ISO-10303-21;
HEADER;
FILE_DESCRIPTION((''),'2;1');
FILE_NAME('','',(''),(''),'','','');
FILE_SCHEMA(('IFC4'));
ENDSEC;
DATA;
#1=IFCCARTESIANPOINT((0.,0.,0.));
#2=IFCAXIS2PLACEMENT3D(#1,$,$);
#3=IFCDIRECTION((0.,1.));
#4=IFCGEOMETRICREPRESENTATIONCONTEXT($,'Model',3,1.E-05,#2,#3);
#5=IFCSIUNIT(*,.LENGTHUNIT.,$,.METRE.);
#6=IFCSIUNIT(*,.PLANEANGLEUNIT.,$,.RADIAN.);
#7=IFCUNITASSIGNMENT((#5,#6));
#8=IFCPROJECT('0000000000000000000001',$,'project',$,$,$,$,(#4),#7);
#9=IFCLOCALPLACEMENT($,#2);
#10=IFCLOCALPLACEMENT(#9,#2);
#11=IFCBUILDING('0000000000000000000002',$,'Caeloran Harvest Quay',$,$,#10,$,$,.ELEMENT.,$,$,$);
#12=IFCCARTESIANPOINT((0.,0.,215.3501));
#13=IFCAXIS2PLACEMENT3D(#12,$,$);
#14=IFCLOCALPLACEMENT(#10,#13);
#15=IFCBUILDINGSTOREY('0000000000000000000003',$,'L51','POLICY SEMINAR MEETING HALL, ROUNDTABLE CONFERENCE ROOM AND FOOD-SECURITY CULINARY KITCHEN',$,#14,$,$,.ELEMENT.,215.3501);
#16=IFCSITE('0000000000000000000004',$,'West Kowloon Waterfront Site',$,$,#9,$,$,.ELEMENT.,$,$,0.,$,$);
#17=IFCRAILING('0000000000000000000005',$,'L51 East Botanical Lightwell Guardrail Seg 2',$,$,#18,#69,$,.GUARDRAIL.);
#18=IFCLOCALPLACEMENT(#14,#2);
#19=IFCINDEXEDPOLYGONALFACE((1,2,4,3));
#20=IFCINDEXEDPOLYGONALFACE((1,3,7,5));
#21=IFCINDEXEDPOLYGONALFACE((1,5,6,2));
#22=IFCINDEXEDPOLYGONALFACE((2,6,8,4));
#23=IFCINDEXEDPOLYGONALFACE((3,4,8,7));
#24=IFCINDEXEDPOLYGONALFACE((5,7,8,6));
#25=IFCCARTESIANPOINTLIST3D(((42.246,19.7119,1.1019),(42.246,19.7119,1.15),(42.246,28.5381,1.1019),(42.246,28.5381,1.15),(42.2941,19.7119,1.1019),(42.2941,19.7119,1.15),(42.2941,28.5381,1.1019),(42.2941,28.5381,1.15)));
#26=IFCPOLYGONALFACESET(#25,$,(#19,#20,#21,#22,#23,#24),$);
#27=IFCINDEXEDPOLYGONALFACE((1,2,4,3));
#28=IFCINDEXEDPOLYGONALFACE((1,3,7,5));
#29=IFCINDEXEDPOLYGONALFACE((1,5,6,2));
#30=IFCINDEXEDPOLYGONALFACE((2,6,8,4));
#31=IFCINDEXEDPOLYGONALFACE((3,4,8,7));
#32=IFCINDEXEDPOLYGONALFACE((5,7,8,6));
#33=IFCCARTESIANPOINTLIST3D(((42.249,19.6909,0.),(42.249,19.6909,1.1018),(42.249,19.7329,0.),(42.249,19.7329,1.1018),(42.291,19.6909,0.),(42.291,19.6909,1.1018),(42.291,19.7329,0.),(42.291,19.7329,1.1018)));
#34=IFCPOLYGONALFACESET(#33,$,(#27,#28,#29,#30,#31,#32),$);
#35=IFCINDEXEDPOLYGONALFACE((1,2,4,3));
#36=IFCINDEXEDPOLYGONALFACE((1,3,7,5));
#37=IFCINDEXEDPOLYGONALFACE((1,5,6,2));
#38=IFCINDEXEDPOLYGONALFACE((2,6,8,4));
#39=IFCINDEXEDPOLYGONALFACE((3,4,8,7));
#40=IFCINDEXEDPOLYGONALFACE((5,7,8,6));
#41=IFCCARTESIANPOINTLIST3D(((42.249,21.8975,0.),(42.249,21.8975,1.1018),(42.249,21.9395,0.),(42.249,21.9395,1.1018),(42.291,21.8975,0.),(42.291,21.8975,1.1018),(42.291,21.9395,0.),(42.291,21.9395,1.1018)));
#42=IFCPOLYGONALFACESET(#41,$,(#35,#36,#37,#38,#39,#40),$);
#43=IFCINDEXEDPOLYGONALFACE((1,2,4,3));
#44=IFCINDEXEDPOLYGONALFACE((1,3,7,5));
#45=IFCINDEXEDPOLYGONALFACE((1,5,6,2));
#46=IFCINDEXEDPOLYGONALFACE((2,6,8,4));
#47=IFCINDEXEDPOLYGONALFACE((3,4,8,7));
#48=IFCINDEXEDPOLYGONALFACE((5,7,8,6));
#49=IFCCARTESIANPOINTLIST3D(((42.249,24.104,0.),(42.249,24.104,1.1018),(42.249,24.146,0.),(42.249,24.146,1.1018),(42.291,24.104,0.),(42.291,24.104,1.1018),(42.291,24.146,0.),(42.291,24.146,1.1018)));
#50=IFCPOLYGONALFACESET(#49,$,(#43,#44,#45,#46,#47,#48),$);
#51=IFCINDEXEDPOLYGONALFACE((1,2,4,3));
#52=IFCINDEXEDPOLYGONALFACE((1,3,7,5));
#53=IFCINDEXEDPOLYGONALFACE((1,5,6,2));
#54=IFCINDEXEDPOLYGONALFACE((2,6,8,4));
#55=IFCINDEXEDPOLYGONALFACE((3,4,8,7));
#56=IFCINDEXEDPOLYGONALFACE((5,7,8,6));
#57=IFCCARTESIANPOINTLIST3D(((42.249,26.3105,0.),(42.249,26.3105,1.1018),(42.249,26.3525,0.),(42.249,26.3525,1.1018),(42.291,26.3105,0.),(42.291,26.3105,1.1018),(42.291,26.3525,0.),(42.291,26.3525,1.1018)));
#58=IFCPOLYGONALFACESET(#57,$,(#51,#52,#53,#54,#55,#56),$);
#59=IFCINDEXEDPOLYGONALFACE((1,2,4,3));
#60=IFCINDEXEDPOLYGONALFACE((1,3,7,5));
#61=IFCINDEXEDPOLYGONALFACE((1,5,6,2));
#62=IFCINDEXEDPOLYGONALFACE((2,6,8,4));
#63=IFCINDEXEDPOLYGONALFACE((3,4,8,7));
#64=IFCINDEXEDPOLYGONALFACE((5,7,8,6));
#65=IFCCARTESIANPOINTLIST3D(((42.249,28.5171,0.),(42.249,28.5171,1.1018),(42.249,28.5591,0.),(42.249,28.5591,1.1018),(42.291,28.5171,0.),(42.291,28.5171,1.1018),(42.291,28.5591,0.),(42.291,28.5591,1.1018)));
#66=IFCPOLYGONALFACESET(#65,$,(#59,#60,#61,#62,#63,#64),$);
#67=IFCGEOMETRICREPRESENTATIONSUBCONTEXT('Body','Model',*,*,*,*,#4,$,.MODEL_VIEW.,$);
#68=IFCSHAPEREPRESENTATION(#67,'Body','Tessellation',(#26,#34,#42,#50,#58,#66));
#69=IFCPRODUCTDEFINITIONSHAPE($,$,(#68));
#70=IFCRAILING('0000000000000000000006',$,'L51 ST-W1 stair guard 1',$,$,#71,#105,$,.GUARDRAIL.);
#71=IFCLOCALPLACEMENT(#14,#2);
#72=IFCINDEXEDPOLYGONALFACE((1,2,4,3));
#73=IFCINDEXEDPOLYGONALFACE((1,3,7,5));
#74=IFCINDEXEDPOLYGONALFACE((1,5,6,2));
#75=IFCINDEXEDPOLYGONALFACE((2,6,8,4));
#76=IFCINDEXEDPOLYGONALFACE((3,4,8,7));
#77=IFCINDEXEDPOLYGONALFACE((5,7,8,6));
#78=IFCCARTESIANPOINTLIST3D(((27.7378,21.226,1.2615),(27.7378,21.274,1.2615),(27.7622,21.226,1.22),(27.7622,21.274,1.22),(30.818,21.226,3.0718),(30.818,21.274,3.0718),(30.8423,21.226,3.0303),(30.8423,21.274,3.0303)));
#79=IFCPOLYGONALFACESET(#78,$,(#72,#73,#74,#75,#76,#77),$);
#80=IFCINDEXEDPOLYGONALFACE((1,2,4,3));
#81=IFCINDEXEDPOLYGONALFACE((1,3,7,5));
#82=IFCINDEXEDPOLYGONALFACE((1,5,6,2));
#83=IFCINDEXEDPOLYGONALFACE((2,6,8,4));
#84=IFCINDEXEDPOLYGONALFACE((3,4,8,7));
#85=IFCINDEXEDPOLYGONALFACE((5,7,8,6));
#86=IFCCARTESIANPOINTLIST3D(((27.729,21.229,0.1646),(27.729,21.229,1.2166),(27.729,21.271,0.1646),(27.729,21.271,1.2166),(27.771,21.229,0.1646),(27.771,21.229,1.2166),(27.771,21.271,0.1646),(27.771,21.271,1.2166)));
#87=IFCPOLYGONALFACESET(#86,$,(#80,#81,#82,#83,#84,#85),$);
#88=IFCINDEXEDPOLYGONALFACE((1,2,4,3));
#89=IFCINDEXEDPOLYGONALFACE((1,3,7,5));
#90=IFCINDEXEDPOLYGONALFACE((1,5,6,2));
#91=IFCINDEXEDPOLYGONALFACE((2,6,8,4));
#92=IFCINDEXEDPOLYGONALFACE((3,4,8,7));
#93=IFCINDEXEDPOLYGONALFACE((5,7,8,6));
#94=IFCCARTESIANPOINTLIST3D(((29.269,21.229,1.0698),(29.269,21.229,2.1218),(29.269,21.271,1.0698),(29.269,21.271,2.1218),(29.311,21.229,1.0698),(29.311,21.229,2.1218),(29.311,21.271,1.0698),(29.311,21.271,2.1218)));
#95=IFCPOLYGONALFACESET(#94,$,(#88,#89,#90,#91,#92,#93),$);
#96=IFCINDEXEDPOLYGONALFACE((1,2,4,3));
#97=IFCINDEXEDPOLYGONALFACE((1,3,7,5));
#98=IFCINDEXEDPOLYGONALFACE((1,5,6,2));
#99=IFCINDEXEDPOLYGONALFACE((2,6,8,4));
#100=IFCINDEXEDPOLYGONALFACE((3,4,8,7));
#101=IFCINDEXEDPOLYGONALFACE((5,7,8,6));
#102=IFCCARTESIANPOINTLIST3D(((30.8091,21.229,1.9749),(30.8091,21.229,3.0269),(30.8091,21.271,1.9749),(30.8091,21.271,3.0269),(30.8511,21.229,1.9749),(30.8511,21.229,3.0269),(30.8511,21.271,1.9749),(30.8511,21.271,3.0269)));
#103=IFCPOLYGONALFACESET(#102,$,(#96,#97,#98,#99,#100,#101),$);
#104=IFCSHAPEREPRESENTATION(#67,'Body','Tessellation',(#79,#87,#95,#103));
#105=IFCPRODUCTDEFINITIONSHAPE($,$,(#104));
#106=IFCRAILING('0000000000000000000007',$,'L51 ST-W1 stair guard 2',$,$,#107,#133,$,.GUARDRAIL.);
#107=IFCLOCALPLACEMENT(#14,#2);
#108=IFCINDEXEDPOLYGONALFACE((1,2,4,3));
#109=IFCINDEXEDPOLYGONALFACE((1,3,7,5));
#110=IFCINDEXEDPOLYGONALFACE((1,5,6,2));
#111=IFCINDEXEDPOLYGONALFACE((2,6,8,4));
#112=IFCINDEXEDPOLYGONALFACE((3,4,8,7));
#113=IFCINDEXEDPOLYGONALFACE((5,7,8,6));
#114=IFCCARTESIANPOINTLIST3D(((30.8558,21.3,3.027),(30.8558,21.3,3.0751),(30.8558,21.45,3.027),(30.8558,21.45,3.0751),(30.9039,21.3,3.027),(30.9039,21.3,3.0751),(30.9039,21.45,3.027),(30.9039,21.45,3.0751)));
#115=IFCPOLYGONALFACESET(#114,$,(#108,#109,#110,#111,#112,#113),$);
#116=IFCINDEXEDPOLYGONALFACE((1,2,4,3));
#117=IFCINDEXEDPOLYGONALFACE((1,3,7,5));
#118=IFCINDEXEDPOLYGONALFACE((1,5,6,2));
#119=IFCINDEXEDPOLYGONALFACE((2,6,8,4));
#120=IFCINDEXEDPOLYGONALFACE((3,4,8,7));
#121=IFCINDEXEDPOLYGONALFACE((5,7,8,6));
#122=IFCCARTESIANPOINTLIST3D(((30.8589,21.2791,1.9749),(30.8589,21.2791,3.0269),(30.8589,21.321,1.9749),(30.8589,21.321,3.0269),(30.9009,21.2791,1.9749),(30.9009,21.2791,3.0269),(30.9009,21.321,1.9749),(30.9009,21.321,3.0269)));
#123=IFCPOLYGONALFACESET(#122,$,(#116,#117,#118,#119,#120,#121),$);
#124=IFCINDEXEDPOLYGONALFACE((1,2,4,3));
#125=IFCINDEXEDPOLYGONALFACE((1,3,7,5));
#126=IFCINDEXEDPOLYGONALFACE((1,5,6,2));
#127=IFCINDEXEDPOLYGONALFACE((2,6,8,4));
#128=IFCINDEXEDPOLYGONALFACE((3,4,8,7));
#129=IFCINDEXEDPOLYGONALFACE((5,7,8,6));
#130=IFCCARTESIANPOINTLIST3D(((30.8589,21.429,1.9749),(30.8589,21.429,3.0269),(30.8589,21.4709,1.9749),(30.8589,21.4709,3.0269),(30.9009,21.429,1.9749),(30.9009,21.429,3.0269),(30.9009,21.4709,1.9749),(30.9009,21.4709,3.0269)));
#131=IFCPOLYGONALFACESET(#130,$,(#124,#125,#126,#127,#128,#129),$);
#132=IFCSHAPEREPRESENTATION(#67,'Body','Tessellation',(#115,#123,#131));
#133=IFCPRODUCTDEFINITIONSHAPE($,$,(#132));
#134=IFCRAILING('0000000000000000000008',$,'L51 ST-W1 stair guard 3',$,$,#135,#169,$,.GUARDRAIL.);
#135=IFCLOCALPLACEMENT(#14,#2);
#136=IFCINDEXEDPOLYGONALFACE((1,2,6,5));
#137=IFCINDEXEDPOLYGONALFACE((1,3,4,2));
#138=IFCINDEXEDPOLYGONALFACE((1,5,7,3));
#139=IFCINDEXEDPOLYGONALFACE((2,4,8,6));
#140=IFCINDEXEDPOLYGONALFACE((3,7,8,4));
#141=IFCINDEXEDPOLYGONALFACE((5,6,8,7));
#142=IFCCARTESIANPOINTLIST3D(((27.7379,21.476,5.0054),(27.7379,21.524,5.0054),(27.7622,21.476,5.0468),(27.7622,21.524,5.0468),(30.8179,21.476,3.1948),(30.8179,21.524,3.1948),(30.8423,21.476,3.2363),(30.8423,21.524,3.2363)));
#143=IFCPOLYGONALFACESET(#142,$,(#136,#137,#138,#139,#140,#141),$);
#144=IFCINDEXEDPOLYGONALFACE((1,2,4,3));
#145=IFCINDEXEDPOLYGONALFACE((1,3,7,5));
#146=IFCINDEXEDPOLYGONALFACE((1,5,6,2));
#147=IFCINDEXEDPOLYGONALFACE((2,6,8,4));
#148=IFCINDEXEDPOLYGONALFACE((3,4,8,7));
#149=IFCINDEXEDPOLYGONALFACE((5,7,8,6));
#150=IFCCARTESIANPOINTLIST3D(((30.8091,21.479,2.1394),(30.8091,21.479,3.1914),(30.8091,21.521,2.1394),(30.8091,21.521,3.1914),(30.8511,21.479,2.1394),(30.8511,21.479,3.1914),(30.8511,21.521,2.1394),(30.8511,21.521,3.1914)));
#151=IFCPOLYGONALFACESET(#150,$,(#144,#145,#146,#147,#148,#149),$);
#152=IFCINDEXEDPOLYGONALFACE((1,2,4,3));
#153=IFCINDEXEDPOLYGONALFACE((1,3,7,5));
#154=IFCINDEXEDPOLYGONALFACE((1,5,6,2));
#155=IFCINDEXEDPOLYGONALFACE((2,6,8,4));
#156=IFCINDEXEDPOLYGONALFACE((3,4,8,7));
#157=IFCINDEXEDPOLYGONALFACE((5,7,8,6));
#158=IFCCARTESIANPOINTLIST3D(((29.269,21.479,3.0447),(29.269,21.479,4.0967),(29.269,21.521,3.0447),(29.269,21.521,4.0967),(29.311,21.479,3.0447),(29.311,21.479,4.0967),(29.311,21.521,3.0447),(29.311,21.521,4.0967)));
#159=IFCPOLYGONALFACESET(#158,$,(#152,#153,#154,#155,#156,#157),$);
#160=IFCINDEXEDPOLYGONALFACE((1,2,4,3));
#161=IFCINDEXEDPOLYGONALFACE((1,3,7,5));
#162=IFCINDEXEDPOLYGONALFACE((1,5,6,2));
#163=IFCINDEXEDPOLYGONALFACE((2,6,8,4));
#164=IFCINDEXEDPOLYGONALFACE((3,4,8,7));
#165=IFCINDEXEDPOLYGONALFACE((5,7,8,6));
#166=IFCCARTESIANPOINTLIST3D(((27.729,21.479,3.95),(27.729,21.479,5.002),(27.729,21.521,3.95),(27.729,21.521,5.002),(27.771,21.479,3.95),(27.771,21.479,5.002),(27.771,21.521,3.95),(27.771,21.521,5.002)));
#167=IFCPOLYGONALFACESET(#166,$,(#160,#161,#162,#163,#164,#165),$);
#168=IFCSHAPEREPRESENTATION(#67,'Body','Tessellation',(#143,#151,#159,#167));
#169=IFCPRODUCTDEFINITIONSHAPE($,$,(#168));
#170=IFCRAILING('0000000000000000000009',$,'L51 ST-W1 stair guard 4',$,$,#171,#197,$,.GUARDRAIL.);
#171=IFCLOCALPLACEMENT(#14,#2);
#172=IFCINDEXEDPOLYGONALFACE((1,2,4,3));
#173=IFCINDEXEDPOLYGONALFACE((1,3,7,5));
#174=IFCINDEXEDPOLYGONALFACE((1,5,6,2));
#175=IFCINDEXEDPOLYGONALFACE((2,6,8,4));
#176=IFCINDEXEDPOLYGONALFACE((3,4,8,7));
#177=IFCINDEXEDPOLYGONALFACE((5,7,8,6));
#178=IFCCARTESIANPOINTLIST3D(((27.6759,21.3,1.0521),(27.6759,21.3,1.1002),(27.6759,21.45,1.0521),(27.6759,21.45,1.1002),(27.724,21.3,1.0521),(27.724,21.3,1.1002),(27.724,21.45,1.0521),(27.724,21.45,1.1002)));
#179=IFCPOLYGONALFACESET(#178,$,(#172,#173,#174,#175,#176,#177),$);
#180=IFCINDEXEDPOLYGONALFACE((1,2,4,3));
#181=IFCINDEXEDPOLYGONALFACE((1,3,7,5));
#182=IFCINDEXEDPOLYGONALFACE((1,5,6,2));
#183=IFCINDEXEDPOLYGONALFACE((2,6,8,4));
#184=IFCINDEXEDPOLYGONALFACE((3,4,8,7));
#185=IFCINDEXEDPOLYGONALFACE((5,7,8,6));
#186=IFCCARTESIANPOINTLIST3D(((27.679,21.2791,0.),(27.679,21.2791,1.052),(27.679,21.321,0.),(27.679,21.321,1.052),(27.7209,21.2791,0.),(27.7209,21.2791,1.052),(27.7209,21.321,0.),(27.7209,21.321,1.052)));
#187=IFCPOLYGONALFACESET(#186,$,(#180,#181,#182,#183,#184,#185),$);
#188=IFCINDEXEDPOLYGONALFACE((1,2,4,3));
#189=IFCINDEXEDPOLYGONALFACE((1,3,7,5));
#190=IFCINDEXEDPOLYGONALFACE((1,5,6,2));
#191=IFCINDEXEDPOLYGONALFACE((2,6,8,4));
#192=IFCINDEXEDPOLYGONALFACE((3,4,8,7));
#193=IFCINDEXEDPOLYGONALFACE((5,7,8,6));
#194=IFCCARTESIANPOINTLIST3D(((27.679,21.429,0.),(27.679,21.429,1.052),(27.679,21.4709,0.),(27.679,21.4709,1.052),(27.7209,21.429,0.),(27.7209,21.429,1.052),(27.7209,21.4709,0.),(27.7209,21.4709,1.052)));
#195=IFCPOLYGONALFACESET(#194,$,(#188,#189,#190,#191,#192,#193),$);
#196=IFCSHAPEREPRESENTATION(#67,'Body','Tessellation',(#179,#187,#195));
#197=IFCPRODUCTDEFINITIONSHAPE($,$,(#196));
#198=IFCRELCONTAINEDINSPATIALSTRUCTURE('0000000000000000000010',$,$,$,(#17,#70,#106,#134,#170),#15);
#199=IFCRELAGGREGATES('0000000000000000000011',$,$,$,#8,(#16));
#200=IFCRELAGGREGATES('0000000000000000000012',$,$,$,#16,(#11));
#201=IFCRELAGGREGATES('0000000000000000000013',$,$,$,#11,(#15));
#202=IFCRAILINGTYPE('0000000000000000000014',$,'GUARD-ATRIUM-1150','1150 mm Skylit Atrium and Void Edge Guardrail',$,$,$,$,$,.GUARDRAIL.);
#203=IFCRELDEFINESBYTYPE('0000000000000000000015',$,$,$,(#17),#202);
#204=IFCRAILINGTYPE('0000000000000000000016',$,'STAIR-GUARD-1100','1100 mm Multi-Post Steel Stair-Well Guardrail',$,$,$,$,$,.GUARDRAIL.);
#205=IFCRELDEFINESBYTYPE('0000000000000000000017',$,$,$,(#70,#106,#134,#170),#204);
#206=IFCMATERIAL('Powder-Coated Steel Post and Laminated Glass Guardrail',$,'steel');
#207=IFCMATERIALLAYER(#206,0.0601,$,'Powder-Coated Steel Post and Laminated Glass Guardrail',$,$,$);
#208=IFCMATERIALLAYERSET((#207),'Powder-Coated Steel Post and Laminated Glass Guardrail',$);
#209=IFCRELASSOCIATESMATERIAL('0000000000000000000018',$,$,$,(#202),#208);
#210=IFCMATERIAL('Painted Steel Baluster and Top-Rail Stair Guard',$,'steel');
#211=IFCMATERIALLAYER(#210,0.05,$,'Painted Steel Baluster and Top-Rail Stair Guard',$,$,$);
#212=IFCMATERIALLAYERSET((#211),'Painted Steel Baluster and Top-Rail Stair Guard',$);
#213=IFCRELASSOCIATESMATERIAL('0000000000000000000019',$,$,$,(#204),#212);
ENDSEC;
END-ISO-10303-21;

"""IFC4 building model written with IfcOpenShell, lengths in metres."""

from ifc_helpers import new_model, si_unit, direction, frame, origin, origin_2d, place, context, subcontext, project, spatial, rectangle, extrude, material, layer, layer_set, type_object, element, save


model = new_model("IFC4")

# Units and contexts
model_context = context("Model", 3, precision=1e-05, world=origin(), true_north=direction((0.0, 1.0)))
body_context = subcontext(model_context, "Body", "Model", "MODEL_VIEW")
ifc_project = project(units=[si_unit("LENGTHUNIT", "METRE"), si_unit("PLANEANGLEUNIT", "RADIAN")], contexts=[model_context])

# Site, building, storey
site_placement = place(None, origin())
site = spatial("IfcSite", under=ifc_project, at=site_placement, Name="West Kowloon Waterfront Site", CompositionType="ELEMENT", RefElevation=0.0)
building_placement = place(site_placement, origin())
building = spatial("IfcBuilding", under=site, at=building_placement, Name="Caeloran Harvest Quay", CompositionType="ELEMENT")
storey_placement = place(building_placement, frame((0.0, 0.0, 215.3501)))
storey = spatial("IfcBuildingStorey", under=building, at=storey_placement, Name="L51", Description="POLICY SEMINAR MEETING HALL, ROUNDTABLE CONFERENCE ROOM AND FOOD-SECURITY CULINARY KITCHEN", CompositionType="ELEMENT", Elevation=215.3501)

# Railings
ifc_material_1 = material(Name="Powder-Coated Steel Post and Laminated Glass Guardrail", Category="steel")
ifc_layer_1 = layer(ifc_material_1, 0.0601, Name="Powder-Coated Steel Post and Laminated Glass Guardrail")
ifc_layer_set_1 = layer_set([ifc_layer_1], Name="Powder-Coated Steel Post and Laminated Glass Guardrail")
railing_type_1 = type_object("IfcRailingType", Name="GUARD-ATRIUM-1150", Description="1150 mm Skylit Atrium and Void Edge Guardrail", PredefinedType="GUARDRAIL", material=ifc_layer_set_1)
railing_1_placement = place(storey_placement, frame((42.27, 19.7119, 0.0)))
element("IfcRailing", 1, at=railing_1_placement, inside=storey, type_object=railing_type_1, Name="L51 East Botanical Lightwell Guardrail Seg 2", PredefinedType="GUARDRAIL", context=body_context, shape_type="SweptSolid", body=[
    extrude(rectangle(XDim=0.0481, YDim=0.0481, at=origin_2d()), frame((0.0, 0.0, 1.126), z_axis=(0.0, 1.0, 0.0), x_axis=(-1.0, 0.0, 0.0)), (0.0, 0.0, 1.0), 8.8262),
    extrude(rectangle(XDim=0.042, YDim=0.042, at=origin_2d()), origin(), (0.0, 0.0, 1.0), 1.1018),
    extrude(rectangle(XDim=0.042, YDim=0.042, at=origin_2d()), frame((0.0, 2.2065, 0.0)), (0.0, 0.0, 1.0), 1.1018),
    extrude(rectangle(XDim=0.042, YDim=0.042, at=origin_2d()), frame((0.0, 4.4131, 0.0)), (0.0, 0.0, 1.0), 1.1018),
    extrude(rectangle(XDim=0.042, YDim=0.042, at=origin_2d()), frame((0.0, 6.6196, 0.0)), (0.0, 0.0, 1.0), 1.1018),
    extrude(rectangle(XDim=0.042, YDim=0.042, at=origin_2d()), frame((0.0, 8.8262, 0.0)), (0.0, 0.0, 1.0), 1.1018),
])
ifc_material_2 = material(Name="Painted Steel Baluster and Top-Rail Stair Guard", Category="steel")
ifc_layer_2 = layer(ifc_material_2, 0.05, Name="Painted Steel Baluster and Top-Rail Stair Guard")
ifc_layer_set_2 = layer_set([ifc_layer_2], Name="Painted Steel Baluster and Top-Rail Stair Guard")
railing_type_2 = type_object("IfcRailingType", Name="STAIR-GUARD-1100", Description="1100 mm Multi-Post Steel Stair-Well Guardrail", PredefinedType="GUARDRAIL", material=ifc_layer_set_2)
railing_2_placement = place(storey_placement, frame((27.75, 21.25, 0.1646)))
element("IfcRailing", 2, at=railing_2_placement, inside=storey, type_object=railing_type_2, Name="L51 ST-W1 stair guard 1", PredefinedType="GUARDRAIL", context=body_context, shape_type="SweptSolid", body=[
    extrude(rectangle(XDim=0.0481, YDim=0.0481, at=origin_2d()), frame((0.0, 0.0, 1.0762), z_axis=(0.862119, 0.0, 0.506707), x_axis=(0.0, 1.0, 0.0)), (0.0, 0.0, 1.0), 3.5728),
    extrude(rectangle(XDim=0.042, YDim=0.042, at=origin_2d()), origin(), (0.0, 0.0, 1.0), 1.052),
    extrude(rectangle(XDim=0.042, YDim=0.042, at=origin_2d()), frame((1.54, 0.0, 0.9053)), (0.0, 0.0, 1.0), 1.052),
    extrude(rectangle(XDim=0.042, YDim=0.042, at=origin_2d()), frame((3.0801, 0.0, 1.8103)), (0.0, 0.0, 1.0), 1.052),
])
railing_3_placement = place(storey_placement, frame((30.8799, 21.3, 1.9749)))
element("IfcRailing", 3, at=railing_3_placement, inside=storey, type_object=railing_type_2, Name="L51 ST-W1 stair guard 2", PredefinedType="GUARDRAIL", context=body_context, shape_type="SweptSolid", body=[
    extrude(rectangle(XDim=0.0481, YDim=0.0481, at=origin_2d()), frame((0.0, 0.0, 1.0762), z_axis=(0.0, 1.0, 0.0), x_axis=(-1.0, 0.0, 0.0)), (0.0, 0.0, 1.0), 0.1499),
    extrude(rectangle(XDim=0.042, YDim=0.042, at=origin_2d()), origin(), (0.0, 0.0, 1.0), 1.052),
    extrude(rectangle(XDim=0.042, YDim=0.042, at=origin_2d()), frame((0.0, 0.1499, 0.0)), (0.0, 0.0, 1.0), 1.052),
])
railing_4_placement = place(storey_placement, frame((30.8301, 21.5, 2.1394)))
element("IfcRailing", 4, at=railing_4_placement, inside=storey, type_object=railing_type_2, Name="L51 ST-W1 stair guard 3", PredefinedType="GUARDRAIL", context=body_context, shape_type="SweptSolid", body=[
    extrude(rectangle(XDim=0.0481, YDim=0.0481, at=origin_2d()), frame((0.0, 0.0, 1.0762), z_axis=(-0.862089, 0.0, 0.506757), x_axis=(0.0, -1.0, 0.0)), (0.0, 0.0, 1.0), 3.5728),
    extrude(rectangle(XDim=0.042, YDim=0.042, at=origin_2d()), origin(), (0.0, 0.0, 1.0), 1.052),
    extrude(rectangle(XDim=0.042, YDim=0.042, at=origin_2d()), frame((-1.54, 0.0, 0.9053)), (0.0, 0.0, 1.0), 1.052),
    extrude(rectangle(XDim=0.042, YDim=0.042, at=origin_2d()), frame((-3.0801, 0.0, 1.8105)), (0.0, 0.0, 1.0), 1.052),
])
railing_5_placement = place(storey_placement, frame((27.7, 21.3, 0.0)))
element("IfcRailing", 5, at=railing_5_placement, inside=storey, type_object=railing_type_2, Name="L51 ST-W1 stair guard 4", PredefinedType="GUARDRAIL", context=body_context, shape_type="SweptSolid", body=[
    extrude(rectangle(XDim=0.0481, YDim=0.0481, at=origin_2d()), frame((0.0, 0.0, 1.0762), z_axis=(0.0, 1.0, 0.0), x_axis=(-1.0, 0.0, 0.0)), (0.0, 0.0, 1.0), 0.1499),
    extrude(rectangle(XDim=0.042, YDim=0.042, at=origin_2d()), origin(), (0.0, 0.0, 1.0), 1.052),
    extrude(rectangle(XDim=0.042, YDim=0.042, at=origin_2d()), frame((0.0, 0.1499, 0.0)), (0.0, 0.0, 1.0), 1.052),
])

save(model, "model.ifc")
